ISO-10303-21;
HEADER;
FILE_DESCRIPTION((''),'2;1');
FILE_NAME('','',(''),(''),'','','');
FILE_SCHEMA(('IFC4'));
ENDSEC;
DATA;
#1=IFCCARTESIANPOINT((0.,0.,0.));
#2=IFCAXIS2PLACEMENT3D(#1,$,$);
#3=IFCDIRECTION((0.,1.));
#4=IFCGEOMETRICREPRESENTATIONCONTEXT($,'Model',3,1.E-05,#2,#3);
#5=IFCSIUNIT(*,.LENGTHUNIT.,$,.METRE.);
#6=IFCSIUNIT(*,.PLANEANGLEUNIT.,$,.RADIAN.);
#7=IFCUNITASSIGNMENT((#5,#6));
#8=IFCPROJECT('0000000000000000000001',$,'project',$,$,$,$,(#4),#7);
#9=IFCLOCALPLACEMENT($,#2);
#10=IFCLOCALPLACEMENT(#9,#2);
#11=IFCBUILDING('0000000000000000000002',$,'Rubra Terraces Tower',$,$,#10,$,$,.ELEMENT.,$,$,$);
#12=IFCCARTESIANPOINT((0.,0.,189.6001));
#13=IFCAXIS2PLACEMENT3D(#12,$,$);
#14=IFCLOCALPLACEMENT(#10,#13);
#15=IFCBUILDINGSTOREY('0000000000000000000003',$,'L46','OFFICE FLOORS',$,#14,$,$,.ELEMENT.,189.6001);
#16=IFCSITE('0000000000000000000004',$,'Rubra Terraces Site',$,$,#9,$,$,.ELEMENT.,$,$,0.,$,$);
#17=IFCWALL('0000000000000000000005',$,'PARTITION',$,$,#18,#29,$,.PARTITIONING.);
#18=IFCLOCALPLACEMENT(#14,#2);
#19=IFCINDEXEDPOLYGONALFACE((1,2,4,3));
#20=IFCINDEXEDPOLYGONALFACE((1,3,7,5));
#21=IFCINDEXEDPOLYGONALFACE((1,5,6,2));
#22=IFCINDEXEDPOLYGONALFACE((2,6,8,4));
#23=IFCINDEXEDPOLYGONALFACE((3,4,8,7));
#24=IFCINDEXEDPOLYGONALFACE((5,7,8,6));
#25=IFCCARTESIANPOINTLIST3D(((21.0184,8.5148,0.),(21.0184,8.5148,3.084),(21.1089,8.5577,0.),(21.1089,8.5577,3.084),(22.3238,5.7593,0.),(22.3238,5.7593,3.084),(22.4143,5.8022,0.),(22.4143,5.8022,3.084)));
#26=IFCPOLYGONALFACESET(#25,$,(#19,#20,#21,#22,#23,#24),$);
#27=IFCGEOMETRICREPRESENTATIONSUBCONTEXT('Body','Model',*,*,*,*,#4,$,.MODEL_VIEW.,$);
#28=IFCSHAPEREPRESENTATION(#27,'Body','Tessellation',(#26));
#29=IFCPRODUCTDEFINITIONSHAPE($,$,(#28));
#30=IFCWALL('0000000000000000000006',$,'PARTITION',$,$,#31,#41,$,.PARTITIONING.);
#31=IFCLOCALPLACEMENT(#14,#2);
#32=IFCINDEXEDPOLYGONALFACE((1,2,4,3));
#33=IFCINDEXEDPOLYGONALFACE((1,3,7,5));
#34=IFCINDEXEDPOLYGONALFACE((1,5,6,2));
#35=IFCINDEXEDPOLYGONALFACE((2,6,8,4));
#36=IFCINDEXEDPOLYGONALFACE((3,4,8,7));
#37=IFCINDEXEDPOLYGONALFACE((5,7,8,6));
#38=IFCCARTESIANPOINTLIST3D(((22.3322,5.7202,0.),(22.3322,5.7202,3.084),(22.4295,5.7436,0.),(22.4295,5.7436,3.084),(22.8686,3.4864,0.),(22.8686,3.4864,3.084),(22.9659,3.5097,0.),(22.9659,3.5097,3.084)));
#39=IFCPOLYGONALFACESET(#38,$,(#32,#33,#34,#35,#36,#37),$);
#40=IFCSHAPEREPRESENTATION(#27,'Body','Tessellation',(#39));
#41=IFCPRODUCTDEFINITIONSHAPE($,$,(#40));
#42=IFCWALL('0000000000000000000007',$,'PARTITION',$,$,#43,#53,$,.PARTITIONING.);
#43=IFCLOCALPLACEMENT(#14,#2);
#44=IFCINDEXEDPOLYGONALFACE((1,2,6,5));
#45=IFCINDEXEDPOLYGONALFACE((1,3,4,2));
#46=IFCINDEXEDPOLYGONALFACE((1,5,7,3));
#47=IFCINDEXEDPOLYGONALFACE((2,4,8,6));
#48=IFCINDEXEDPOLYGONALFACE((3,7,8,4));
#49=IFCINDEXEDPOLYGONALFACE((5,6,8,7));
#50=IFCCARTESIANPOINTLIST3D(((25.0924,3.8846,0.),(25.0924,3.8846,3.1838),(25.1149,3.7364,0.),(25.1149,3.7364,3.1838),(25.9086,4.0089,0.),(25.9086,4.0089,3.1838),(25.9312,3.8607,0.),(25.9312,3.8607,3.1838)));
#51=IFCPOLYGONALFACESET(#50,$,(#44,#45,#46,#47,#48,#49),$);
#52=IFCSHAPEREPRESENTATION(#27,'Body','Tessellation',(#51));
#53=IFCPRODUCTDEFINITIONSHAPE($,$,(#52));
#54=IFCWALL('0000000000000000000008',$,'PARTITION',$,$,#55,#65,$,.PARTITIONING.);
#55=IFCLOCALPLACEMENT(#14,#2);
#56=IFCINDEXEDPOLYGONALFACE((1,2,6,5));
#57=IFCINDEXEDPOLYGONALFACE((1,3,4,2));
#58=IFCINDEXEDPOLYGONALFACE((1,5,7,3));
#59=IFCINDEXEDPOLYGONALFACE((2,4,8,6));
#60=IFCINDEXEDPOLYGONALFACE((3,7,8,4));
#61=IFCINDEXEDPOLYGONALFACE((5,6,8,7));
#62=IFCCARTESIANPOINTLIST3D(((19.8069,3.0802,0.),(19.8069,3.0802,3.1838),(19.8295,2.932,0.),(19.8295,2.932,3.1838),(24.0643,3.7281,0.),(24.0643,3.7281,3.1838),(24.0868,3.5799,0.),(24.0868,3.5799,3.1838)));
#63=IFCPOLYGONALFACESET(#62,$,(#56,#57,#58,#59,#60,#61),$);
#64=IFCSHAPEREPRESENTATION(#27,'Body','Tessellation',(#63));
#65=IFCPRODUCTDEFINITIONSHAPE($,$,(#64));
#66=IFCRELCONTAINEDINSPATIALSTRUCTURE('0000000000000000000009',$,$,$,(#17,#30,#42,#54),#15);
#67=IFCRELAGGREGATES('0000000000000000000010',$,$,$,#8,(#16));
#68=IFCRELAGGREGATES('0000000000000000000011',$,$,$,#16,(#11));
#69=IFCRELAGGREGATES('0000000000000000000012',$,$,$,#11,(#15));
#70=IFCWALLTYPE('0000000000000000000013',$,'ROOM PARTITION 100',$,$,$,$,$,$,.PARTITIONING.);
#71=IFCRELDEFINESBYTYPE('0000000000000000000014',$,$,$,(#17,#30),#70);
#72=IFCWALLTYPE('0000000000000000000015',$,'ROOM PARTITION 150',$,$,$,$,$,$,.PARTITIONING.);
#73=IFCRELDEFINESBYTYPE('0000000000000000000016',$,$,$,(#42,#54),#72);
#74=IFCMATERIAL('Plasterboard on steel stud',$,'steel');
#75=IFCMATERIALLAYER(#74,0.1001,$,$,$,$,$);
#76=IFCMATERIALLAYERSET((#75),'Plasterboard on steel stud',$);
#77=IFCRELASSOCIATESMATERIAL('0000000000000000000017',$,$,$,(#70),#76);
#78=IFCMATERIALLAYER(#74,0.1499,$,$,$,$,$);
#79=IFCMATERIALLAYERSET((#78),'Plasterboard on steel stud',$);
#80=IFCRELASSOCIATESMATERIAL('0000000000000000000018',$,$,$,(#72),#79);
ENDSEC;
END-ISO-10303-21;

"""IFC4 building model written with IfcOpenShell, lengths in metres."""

from ifc_helpers import new_model, si_unit, direction, frame, frame_2d, origin, place, context, subcontext, project, spatial, rectangle, extrude, material, layer, layer_set, type_object, element, save


model = new_model("IFC4")

# Units and contexts
model_context = context("Model", 3, precision=1e-05, world=origin(), true_north=direction((0.0, 1.0)))
body_context = subcontext(model_context, "Body", "Model", "MODEL_VIEW")
ifc_project = project(units=[si_unit("LENGTHUNIT", "METRE"), si_unit("PLANEANGLEUNIT", "RADIAN")], contexts=[model_context])

# Site, building, storey
site_placement = place(None, origin())
site = spatial("IfcSite", under=ifc_project, at=site_placement, Name="Rubra Terraces Site", CompositionType="ELEMENT", RefElevation=0.0)
building_placement = place(site_placement, origin())
building = spatial("IfcBuilding", under=site, at=building_placement, Name="Rubra Terraces Tower", CompositionType="ELEMENT")
storey_placement = place(building_placement, frame((0.0, 0.0, 189.6001)))
storey = spatial("IfcBuildingStorey", under=building, at=storey_placement, Name="L46", Description="OFFICE FLOORS", CompositionType="ELEMENT", Elevation=189.6001)

# Shared definitions
ifc_material_1 = material(Name="Plasterboard on steel stud", Category="steel")
ifc_layer_1 = layer(ifc_material_1, 0.1001)
ifc_layer_set_1 = layer_set([ifc_layer_1], Name="Plasterboard on steel stud")
wall_type_1 = type_object("IfcWallType", Name="ROOM PARTITION 100", PredefinedType="PARTITIONING", material=ifc_layer_set_1)

# Walls
wall_1_placement = place(storey_placement, frame((21.0637, 8.5361, 0.0), z_axis=(0.0, 0.0, 1.0), x_axis=(0.428121, -0.903722, 0.0)))
element("IfcWall", 1, at=wall_1_placement, inside=storey, type_object=wall_type_1, Name="PARTITION", PredefinedType="PARTITIONING", context=body_context, shape_type="SweptSolid", body=[
    extrude(rectangle(XDim=3.0491, YDim=0.1001, at=frame_2d((1.5244, 0.0))), origin(), (0.0, 0.0, 1.0), 3.084),
])
wall_2_placement = place(storey_placement, frame((22.3809, 5.7319, 0.0), z_axis=(0.0, 0.0, 1.0), x_axis=(0.233473, -0.972363, 0.0)))
element("IfcWall", 2, at=wall_2_placement, inside=storey, type_object=wall_type_1, Name="PARTITION", PredefinedType="PARTITIONING", context=body_context, shape_type="SweptSolid", body=[
    extrude(rectangle(XDim=2.2974, YDim=0.1001, at=frame_2d((1.1487, 0.0))), origin(), (0.0, 0.0, 1.0), 3.084),
])
ifc_layer_2 = layer(ifc_material_1, 0.1499)
ifc_layer_set_2 = layer_set([ifc_layer_2], Name="Plasterboard on steel stud")
wall_type_2 = type_object("IfcWallType", Name="ROOM PARTITION 150", PredefinedType="PARTITIONING", material=ifc_layer_set_2)
wall_3_placement = place(storey_placement, frame((25.9199, 3.9348, 0.0), z_axis=(0.0, 0.0, 1.0), x_axis=(-0.988606, -0.150524, 0.0)))
element("IfcWall", 3, at=wall_3_placement, inside=storey, type_object=wall_type_2, Name="PARTITION", PredefinedType="PARTITIONING", context=body_context, shape_type="SweptSolid", body=[
    extrude(rectangle(XDim=0.8257, YDim=0.1499, at=frame_2d((0.4128, 0.0))), origin(), (0.0, 0.0, 1.0), 3.1838),
])
wall_4_placement = place(storey_placement, frame((24.0757, 3.6541, 0.0), z_axis=(0.0, 0.0, 1.0), x_axis=(-0.988616, -0.150464, 0.0)))
element("IfcWall", 4, at=wall_4_placement, inside=storey, type_object=wall_type_2, Name="PARTITION", PredefinedType="PARTITIONING", context=body_context, shape_type="SweptSolid", body=[
    extrude(rectangle(XDim=4.3064, YDim=0.1499, at=frame_2d((2.1533, 0.0))), origin(), (0.0, 0.0, 1.0), 3.1838),
])

save(model, "model.ifc")
